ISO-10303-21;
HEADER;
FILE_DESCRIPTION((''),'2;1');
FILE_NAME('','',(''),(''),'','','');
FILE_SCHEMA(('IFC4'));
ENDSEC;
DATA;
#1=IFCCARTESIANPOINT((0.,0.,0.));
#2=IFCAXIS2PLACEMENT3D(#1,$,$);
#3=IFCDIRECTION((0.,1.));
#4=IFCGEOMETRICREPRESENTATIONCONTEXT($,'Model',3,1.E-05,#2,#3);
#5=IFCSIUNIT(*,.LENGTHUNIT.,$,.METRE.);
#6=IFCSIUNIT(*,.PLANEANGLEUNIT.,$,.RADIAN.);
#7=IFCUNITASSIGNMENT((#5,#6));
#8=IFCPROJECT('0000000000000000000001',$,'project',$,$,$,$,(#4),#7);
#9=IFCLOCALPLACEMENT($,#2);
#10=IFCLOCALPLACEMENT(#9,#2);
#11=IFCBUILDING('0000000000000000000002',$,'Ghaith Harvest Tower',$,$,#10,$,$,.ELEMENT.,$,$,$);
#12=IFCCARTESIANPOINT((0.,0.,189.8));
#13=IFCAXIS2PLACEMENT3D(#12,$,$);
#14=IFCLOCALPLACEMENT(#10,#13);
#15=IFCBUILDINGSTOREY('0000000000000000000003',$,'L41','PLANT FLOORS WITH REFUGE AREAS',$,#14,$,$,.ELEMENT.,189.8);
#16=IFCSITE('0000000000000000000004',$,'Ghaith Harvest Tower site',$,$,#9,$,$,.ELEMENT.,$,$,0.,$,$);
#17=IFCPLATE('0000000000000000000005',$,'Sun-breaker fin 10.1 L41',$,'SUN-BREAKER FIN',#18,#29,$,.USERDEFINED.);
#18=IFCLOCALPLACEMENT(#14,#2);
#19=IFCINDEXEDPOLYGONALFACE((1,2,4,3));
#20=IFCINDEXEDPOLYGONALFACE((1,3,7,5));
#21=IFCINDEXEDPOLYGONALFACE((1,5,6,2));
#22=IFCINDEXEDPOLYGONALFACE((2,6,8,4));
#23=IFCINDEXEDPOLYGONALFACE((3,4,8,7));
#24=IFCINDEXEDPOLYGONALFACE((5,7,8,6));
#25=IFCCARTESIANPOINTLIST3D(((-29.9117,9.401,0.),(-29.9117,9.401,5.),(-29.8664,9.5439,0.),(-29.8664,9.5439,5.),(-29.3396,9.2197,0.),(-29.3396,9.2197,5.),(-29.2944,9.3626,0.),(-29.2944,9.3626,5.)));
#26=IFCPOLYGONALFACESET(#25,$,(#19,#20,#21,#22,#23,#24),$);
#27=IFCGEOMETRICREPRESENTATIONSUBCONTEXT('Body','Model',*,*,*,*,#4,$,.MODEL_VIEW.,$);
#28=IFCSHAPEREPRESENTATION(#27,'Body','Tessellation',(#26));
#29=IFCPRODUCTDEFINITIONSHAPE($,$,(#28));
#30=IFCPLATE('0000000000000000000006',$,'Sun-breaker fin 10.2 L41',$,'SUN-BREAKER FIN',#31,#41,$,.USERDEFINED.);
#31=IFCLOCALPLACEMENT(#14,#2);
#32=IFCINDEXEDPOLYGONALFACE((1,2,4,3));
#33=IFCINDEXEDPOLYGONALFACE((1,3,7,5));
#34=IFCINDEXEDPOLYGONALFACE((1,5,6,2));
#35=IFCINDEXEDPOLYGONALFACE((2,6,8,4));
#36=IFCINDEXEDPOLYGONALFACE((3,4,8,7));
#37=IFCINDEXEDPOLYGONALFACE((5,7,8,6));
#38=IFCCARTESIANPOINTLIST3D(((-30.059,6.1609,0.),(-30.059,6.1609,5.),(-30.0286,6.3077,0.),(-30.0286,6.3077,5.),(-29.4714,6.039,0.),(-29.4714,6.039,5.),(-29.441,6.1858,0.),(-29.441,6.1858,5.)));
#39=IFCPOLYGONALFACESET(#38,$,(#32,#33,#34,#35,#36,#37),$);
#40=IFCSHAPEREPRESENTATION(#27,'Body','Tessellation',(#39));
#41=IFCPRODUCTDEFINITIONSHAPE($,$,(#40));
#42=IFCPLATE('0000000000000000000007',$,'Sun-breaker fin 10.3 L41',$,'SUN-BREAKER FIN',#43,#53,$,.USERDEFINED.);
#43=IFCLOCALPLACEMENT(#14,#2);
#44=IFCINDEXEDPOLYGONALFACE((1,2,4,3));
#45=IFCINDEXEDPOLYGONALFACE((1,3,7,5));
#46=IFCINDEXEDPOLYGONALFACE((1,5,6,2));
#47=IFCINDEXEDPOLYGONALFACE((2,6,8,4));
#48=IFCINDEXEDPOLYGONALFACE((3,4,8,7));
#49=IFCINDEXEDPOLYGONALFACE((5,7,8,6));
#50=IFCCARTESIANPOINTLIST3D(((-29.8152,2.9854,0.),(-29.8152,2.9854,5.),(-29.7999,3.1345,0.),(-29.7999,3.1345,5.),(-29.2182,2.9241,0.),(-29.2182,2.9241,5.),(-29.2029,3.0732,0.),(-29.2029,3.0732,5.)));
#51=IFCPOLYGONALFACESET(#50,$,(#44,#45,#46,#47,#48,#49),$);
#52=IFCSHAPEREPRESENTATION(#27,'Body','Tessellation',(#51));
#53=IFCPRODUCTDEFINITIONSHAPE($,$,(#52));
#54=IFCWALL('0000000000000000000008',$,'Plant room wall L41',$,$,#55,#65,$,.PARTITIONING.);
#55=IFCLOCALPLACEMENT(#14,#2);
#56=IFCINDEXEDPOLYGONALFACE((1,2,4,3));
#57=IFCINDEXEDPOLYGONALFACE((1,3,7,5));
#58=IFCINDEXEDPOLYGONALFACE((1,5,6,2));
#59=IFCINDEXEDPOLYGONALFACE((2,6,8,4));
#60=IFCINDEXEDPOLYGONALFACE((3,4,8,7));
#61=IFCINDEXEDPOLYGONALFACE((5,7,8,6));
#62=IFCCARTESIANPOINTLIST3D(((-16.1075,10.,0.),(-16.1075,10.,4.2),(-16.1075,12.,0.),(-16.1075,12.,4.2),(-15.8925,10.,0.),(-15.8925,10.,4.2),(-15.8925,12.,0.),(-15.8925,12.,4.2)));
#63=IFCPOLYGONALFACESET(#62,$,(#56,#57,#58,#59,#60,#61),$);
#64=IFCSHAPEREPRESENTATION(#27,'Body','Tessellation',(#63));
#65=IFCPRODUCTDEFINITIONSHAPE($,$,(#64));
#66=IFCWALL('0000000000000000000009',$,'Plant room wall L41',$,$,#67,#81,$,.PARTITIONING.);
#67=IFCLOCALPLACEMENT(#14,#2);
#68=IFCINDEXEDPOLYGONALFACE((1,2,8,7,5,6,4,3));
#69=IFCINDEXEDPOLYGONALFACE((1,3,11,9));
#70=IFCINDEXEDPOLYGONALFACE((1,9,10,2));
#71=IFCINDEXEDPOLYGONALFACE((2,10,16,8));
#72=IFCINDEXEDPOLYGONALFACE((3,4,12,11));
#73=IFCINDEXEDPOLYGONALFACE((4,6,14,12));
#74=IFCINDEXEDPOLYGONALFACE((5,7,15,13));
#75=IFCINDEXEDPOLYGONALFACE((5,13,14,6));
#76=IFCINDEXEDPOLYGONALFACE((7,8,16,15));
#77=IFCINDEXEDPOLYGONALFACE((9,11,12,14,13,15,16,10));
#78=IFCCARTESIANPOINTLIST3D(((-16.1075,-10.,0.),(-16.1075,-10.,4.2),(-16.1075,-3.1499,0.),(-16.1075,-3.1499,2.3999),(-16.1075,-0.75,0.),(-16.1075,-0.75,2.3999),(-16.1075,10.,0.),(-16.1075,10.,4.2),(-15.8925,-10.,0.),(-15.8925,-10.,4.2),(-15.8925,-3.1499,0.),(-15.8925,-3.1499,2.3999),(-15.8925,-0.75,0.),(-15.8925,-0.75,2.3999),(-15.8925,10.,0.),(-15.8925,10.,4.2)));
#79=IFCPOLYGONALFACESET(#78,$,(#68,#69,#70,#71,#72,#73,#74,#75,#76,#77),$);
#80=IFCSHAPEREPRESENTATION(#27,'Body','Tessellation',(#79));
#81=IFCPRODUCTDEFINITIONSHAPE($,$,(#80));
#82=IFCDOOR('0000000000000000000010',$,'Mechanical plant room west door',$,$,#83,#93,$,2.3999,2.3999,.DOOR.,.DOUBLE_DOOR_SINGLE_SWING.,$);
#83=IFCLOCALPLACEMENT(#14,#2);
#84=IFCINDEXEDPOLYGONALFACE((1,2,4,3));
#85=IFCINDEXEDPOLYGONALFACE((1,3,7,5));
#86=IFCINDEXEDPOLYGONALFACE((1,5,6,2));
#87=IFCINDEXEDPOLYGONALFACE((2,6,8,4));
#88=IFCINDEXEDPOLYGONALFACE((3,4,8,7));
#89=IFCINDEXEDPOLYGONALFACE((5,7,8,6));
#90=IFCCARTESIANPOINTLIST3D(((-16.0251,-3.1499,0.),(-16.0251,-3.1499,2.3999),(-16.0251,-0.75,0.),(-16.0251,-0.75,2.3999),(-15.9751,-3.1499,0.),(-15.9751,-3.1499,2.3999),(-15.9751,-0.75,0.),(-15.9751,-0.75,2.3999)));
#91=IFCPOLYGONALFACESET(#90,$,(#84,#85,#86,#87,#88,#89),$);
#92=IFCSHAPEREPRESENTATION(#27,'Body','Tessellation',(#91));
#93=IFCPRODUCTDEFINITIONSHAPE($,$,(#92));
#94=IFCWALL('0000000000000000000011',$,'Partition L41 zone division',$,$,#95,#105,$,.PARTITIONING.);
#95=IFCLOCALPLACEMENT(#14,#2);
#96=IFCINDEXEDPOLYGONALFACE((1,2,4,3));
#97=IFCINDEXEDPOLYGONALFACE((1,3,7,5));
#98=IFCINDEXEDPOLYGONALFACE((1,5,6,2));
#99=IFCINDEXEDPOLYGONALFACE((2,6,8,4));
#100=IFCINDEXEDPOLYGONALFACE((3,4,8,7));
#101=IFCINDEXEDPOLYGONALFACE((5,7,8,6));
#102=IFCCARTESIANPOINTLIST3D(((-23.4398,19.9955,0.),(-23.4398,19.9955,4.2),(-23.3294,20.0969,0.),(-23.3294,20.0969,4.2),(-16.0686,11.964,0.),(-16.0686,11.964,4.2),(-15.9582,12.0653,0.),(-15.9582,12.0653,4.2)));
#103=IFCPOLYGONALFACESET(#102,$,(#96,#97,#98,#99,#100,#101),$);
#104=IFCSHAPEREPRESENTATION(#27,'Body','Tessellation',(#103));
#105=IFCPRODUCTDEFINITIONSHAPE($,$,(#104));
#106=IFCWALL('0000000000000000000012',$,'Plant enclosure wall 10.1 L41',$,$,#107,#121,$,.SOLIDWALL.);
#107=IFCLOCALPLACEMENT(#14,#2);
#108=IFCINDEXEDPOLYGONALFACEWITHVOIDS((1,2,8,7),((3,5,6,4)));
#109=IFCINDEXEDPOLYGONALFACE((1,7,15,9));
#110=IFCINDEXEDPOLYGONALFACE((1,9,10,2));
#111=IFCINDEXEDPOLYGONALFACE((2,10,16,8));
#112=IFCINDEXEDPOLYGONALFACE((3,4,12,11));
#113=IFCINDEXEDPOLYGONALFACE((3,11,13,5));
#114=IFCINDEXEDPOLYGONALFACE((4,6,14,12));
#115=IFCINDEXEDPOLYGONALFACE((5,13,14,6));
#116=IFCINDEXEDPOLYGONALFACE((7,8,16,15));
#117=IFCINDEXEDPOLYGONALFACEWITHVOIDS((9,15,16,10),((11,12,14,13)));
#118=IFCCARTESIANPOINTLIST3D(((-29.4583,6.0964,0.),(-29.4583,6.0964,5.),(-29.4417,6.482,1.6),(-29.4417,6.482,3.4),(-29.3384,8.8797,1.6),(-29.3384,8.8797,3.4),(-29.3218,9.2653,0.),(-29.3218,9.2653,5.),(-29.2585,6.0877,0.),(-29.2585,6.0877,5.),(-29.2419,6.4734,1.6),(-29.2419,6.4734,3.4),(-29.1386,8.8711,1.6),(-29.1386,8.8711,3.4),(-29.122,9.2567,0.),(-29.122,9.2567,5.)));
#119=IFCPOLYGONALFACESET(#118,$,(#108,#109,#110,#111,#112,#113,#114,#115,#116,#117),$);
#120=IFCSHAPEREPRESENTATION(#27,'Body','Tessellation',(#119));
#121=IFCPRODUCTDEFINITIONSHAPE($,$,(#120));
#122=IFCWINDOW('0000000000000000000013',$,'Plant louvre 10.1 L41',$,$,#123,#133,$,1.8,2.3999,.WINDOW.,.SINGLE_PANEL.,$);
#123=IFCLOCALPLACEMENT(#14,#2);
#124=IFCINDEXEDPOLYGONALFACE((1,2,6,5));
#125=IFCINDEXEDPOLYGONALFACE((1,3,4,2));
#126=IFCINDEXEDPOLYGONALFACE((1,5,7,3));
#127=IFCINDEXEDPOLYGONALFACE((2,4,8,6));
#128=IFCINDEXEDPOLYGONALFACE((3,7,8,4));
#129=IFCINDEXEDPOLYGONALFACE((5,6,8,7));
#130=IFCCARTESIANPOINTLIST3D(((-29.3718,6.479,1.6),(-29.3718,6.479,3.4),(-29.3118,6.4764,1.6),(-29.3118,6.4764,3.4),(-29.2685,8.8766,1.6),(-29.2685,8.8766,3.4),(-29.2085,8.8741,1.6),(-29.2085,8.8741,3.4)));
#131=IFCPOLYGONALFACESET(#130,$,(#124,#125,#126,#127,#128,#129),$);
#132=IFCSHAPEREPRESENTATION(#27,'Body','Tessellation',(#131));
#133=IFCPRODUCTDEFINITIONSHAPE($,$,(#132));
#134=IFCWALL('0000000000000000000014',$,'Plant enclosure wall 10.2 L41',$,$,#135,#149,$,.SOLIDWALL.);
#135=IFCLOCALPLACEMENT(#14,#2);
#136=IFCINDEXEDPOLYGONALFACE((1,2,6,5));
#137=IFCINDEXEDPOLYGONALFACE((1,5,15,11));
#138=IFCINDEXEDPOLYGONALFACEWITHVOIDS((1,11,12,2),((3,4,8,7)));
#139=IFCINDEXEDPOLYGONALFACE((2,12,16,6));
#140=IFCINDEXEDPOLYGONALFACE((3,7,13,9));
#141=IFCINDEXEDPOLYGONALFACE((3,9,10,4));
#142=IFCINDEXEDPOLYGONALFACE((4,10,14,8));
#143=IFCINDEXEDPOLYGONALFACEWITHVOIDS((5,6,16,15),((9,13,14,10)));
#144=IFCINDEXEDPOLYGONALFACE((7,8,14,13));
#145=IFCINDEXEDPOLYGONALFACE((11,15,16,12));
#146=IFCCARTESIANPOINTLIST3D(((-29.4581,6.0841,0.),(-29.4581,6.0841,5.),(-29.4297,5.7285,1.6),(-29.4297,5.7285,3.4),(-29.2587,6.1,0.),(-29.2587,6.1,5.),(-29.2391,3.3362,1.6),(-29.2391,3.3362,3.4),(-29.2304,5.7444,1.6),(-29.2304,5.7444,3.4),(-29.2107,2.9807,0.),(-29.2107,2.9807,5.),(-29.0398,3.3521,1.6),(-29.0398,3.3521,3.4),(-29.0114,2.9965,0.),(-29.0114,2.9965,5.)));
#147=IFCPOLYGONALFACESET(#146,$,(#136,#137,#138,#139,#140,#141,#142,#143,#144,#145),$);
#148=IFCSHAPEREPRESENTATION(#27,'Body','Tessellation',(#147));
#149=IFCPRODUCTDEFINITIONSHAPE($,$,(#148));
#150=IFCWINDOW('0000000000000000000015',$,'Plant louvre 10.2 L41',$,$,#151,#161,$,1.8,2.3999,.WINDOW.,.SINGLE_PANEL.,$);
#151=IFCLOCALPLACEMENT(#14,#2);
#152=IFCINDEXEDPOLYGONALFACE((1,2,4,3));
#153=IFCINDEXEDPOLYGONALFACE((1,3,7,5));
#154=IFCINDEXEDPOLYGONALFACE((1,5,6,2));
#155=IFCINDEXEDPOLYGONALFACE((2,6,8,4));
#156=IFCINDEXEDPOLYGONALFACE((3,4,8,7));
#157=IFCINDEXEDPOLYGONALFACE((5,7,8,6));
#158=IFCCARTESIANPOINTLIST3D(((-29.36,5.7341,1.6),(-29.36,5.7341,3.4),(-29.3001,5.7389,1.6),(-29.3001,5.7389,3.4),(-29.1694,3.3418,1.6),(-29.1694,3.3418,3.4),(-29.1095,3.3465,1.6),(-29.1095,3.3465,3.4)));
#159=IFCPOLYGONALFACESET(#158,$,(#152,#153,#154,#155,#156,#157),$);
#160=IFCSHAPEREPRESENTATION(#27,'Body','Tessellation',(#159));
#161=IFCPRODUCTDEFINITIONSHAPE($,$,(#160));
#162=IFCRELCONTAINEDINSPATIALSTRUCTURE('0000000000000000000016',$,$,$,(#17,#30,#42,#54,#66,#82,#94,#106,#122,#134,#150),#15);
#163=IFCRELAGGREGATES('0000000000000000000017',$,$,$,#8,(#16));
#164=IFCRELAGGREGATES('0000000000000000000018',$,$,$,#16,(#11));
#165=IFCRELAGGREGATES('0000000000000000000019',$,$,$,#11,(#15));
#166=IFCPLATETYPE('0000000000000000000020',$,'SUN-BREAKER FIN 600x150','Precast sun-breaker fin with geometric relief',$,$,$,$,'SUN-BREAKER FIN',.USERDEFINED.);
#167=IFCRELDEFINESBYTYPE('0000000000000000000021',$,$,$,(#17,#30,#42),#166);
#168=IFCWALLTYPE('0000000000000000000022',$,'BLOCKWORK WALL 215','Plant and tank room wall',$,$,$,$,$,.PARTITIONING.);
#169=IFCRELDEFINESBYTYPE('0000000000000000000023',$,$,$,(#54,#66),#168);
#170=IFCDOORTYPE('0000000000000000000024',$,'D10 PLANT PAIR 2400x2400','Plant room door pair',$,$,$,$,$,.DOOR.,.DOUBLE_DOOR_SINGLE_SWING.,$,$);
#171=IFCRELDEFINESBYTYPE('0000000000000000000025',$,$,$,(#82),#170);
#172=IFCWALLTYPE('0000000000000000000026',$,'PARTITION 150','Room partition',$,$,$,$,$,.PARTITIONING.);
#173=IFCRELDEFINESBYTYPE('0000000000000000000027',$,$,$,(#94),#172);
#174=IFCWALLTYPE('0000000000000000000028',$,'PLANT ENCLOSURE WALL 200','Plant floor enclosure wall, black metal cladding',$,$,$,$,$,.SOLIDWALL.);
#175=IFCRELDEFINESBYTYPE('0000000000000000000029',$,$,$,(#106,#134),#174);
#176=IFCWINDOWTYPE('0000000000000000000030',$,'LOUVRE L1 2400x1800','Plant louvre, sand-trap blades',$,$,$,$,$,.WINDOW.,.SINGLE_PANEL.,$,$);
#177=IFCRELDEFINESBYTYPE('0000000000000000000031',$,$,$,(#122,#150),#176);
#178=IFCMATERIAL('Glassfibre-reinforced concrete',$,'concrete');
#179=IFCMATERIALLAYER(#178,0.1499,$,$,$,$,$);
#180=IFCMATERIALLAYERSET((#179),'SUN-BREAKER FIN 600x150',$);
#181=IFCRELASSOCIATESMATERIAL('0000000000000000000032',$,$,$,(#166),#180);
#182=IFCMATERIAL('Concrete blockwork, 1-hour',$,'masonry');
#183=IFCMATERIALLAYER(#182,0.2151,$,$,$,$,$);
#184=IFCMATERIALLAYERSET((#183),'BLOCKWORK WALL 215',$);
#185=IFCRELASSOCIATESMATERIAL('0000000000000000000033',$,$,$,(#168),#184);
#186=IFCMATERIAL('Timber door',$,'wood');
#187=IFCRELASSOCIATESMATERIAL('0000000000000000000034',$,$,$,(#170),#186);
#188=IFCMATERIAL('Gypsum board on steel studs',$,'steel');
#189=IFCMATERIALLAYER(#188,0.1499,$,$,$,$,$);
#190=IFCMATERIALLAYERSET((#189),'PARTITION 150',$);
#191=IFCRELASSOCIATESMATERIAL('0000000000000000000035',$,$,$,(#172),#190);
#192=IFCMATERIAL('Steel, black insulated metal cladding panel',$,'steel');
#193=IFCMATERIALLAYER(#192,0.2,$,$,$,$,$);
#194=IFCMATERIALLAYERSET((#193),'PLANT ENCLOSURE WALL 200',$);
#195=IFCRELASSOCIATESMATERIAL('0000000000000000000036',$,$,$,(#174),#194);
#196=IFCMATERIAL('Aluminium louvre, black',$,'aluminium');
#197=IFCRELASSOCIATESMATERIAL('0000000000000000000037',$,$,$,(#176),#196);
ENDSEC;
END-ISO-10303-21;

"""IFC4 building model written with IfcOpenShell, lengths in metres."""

from ifc_helpers import new_model, si_unit, direction, frame, frame_2d, origin, origin_2d, place, context, subcontext, project, spatial, rectangle, extrude, material, layer, layer_set, type_object, element, fill, save


model = new_model("IFC4")

# Units and contexts
model_context = context("Model", 3, precision=1e-05, world=origin(), true_north=direction((0.0, 1.0)))
body_context = subcontext(model_context, "Body", "Model", "MODEL_VIEW")
ifc_project = project(units=[si_unit("LENGTHUNIT", "METRE"), si_unit("PLANEANGLEUNIT", "RADIAN")], contexts=[model_context])

# Site, building, storey
site_placement = place(None, origin())
site = spatial("IfcSite", under=ifc_project, at=site_placement, Name="Ghaith Harvest Tower site", CompositionType="ELEMENT", RefElevation=0.0)
building_placement = place(site_placement, origin())
building = spatial("IfcBuilding", under=site, at=building_placement, Name="Ghaith Harvest Tower", CompositionType="ELEMENT")
storey_placement = place(building_placement, frame((0.0, 0.0, 189.8)))
storey = spatial("IfcBuildingStorey", under=building, at=storey_placement, Name="L41", Description="PLANT FLOORS WITH REFUGE AREAS", CompositionType="ELEMENT", Elevation=189.8)

# Plates
ifc_material_1 = material(Name="Glassfibre-reinforced concrete", Category="concrete")
ifc_layer_1 = layer(ifc_material_1, 0.1499)
ifc_layer_set_1 = layer_set([ifc_layer_1], Name="SUN-BREAKER FIN 600x150")
plate_type = type_object("IfcPlateType", Name="SUN-BREAKER FIN 600x150", Description="Precast sun-breaker fin with geometric relief", ElementType="SUN-BREAKER FIN", PredefinedType="USERDEFINED", material=ifc_layer_set_1)
for number, where, z_axis, x_axis, name in (
    (1, (-29.603, 9.3818, 0.0), (0.0, 0.0, 1.0), (-0.953273, 0.30211, 0.0), "Sun-breaker fin 10.1 L41"),
    (2, (-29.75, 6.1733, 0.0), (0.0, 0.0, 1.0), (-0.979142, 0.203179, 0.0), "Sun-breaker fin 10.2 L41"),
    (3, (-29.509, 3.0293, 0.0), (0.0, 0.0, 1.0), (-0.994772, 0.102123, 0.0), "Sun-breaker fin 10.3 L41"),
):
    element("IfcPlate", number, at=place(storey_placement, frame(where, z_axis=z_axis, x_axis=x_axis)), inside=storey, type_object=plate_type, Name=name, ObjectType="SUN-BREAKER FIN", PredefinedType="USERDEFINED", context=body_context, shape_type="SweptSolid", body=[
        extrude(rectangle(XDim=0.6001, YDim=0.1499, at=origin_2d()), origin(), (0.0, 0.0, 1.0), 5.0),
    ])

# Wall
ifc_material_2 = material(Name="Concrete blockwork, 1-hour", Category="masonry")
ifc_layer_2 = layer(ifc_material_2, 0.2151)
ifc_layer_set_2 = layer_set([ifc_layer_2], Name="BLOCKWORK WALL 215")
wall_type_1 = type_object("IfcWallType", Name="BLOCKWORK WALL 215", Description="Plant and tank room wall", PredefinedType="PARTITIONING", material=ifc_layer_set_2)
wall_1_placement = place(storey_placement, frame((-16.0, 12.0, 0.0), z_axis=(0.0, 0.0, 1.0), x_axis=(0.0, -1.0, 0.0)))
element("IfcWall", 4, at=wall_1_placement, inside=storey, type_object=wall_type_1, Name="Plant room wall L41", PredefinedType="PARTITIONING", context=body_context, shape_type="SweptSolid", body=[
    extrude(rectangle(XDim=2.0, YDim=0.2151, at=frame_2d((1.0, 0.0))), origin(), (0.0, 0.0, 1.0), 4.2),
])

# Wall, opening, door
wall_2_placement = place(storey_placement, frame((-16.0, 10.0, 0.0), z_axis=(0.0, 0.0, 1.0), x_axis=(0.0, -1.0, 0.0)))
wall_2 = element("IfcWall", 5, at=wall_2_placement, inside=storey, type_object=wall_type_1, Name="Plant room wall L41", PredefinedType="PARTITIONING", context=body_context, shape_type="SweptSolid", body=[
    extrude(rectangle(XDim=20.0, YDim=0.2151, at=frame_2d((10.0, 0.0))), origin(), (0.0, 0.0, 1.0), 4.2),
])
opening_1_placement = place(wall_2_placement, frame((10.75, 0.0, 0.0)))
opening_1 = element("IfcOpeningElement", 6, at=opening_1_placement, cuts=wall_2, PredefinedType="OPENING", context=body_context, shape_type="SweptSolid", body=[
    extrude(rectangle(XDim=2.3999, YDim=2.3999, at=frame_2d((1.2, 1.2))), frame((0.0, 0.1177, 0.0), z_axis=(0.0, -1.0, 0.0), x_axis=(1.0, 0.0, 0.0)), (0.0, 0.0, 1.0), 0.2351),
])
ifc_material_3 = material(Name="Timber door", Category="wood")
door_type = type_object("IfcDoorType", Name="D10 PLANT PAIR 2400x2400", Description="Plant room door pair", OperationType="DOUBLE_DOOR_SINGLE_SWING", PredefinedType="DOOR", material=ifc_material_3)
door_placement = place(opening_1_placement, origin())
door = element("IfcDoor", 7, at=door_placement, inside=storey, type_object=door_type, Name="Mechanical plant room west door", OperationType="DOUBLE_DOOR_SINGLE_SWING", OverallHeight=2.3999, OverallWidth=2.3999, PredefinedType="DOOR", context=body_context, shape_type="SweptSolid", body=[
    extrude(rectangle(XDim=2.3999, YDim=2.3999, at=frame_2d((1.2, 1.2))), frame((0.0, 0.0249, 0.0), z_axis=(0.0, -1.0, 0.0), x_axis=(1.0, 0.0, 0.0)), (0.0, 0.0, 1.0), 0.05),
])
fill(opening_1, door)

# Wall
ifc_material_4 = material(Name="Gypsum board on steel studs", Category="steel")
ifc_layer_3 = layer(ifc_material_4, 0.1499)
ifc_layer_set_3 = layer_set([ifc_layer_3], Name="PARTITION 150")
wall_type_2 = type_object("IfcWallType", Name="PARTITION 150", Description="Room partition", PredefinedType="PARTITIONING", material=ifc_layer_set_3)
wall_3_placement = place(storey_placement, frame((-16.0134, 12.0146, 0.0), z_axis=(0.0, 0.0, 1.0), x_axis=(-0.676168, 0.736748, 0.0)))
element("IfcWall", 8, at=wall_3_placement, inside=storey, type_object=wall_type_2, Name="Partition L41 zone division", PredefinedType="PARTITIONING", context=body_context, shape_type="SweptSolid", body=[
    extrude(rectangle(XDim=10.9014, YDim=0.1499, at=frame_2d((5.4507, 0.0))), origin(), (0.0, 0.0, 1.0), 4.2),
])

# Walls, openings, windows
ifc_material_5 = material(Name="Steel, black insulated metal cladding panel", Category="steel")
ifc_layer_4 = layer(ifc_material_5, 0.2)
ifc_layer_set_4 = layer_set([ifc_layer_4], Name="PLANT ENCLOSURE WALL 200")
wall_type_3 = type_object("IfcWallType", Name="PLANT ENCLOSURE WALL 200", Description="Plant floor enclosure wall, black metal cladding", PredefinedType="SOLIDWALL", material=ifc_layer_set_4)
wall_4_placement = place(storey_placement, frame((-29.2219, 9.261, 0.0), z_axis=(0.0, 0.0, 1.0), x_axis=(-0.043026, -0.999074, 0.0)))
wall_4 = element("IfcWall", 9, at=wall_4_placement, inside=storey, type_object=wall_type_3, Name="Plant enclosure wall 10.1 L41", PredefinedType="SOLIDWALL", context=body_context, shape_type="SweptSolid", body=[
    extrude(rectangle(XDim=3.1719, YDim=0.2, at=frame_2d((1.5859, 0.0))), origin(), (0.0, 0.0, 1.0), 5.0),
])
opening_2_placement = place(wall_4_placement, frame((0.386, 0.0, 1.6001)))
opening_2 = element("IfcOpeningElement", 10, at=opening_2_placement, cuts=wall_4, PredefinedType="OPENING", context=body_context, shape_type="SweptSolid", body=[
    extrude(rectangle(XDim=2.3999, YDim=1.8, at=frame_2d((1.2, 0.8999))), frame((0.0, 0.1099, 0.0), z_axis=(0.0, -1.0, 0.0), x_axis=(1.0, 0.0, 0.0)), (0.0, 0.0, 1.0), 0.22),
])
ifc_material_6 = material(Name="Aluminium louvre, black", Category="aluminium")
window_type = type_object("IfcWindowType", Name="LOUVRE L1 2400x1800", Description="Plant louvre, sand-trap blades", PartitioningType="SINGLE_PANEL", PredefinedType="WINDOW", material=ifc_material_6)
window_1_placement = place(opening_2_placement, origin())
window_1 = element("IfcWindow", 11, at=window_1_placement, inside=storey, type_object=window_type, Name="Plant louvre 10.1 L41", OverallHeight=1.8, OverallWidth=2.3999, PartitioningType="SINGLE_PANEL", PredefinedType="WINDOW", context=body_context, shape_type="SweptSolid", body=[
    extrude(rectangle(XDim=2.3999, YDim=1.8, at=frame_2d((1.2, 0.8999))), frame((0.0, 0.03, 0.0), z_axis=(0.0, -1.0, 0.0), x_axis=(1.0, 0.0, 0.0)), (0.0, 0.0, 1.0), 0.0601),
])
fill(opening_2, window_1)
wall_5_placement = place(storey_placement, frame((-29.3584, 6.092, 0.0), z_axis=(0.0, 0.0, 1.0), x_axis=(0.079437, -0.99684, 0.0)))
wall_5 = element("IfcWall", 12, at=wall_5_placement, inside=storey, type_object=wall_type_3, Name="Plant enclosure wall 10.2 L41", PredefinedType="SOLIDWALL", context=body_context, shape_type="SweptSolid", body=[
    extrude(rectangle(XDim=3.1133, YDim=0.2, at=frame_2d((1.5566, 0.0))), origin(), (0.0, 0.0, 1.0), 5.0),
])
opening_3_placement = place(wall_5_placement, frame((0.3567, 0.0, 1.6001)))
opening_3 = element("IfcOpeningElement", 13, at=opening_3_placement, cuts=wall_5, PredefinedType="OPENING", context=body_context, shape_type="SweptSolid", body=[
    extrude(rectangle(XDim=2.3999, YDim=1.8, at=frame_2d((1.2, 0.8999))), frame((0.0, 0.1099, 0.0), z_axis=(0.0, -1.0, 0.0), x_axis=(1.0, 0.0, 0.0)), (0.0, 0.0, 1.0), 0.22),
])
window_2_placement = place(opening_3_placement, origin())
window_2 = element("IfcWindow", 14, at=window_2_placement, inside=storey, type_object=window_type, Name="Plant louvre 10.2 L41", OverallHeight=1.8, OverallWidth=2.3999, PartitioningType="SINGLE_PANEL", PredefinedType="WINDOW", context=body_context, shape_type="SweptSolid", body=[
    extrude(rectangle(XDim=2.3999, YDim=1.8, at=frame_2d((1.2, 0.8999))), frame((0.0, 0.03, 0.0), z_axis=(0.0, -1.0, 0.0), x_axis=(1.0, 0.0, 0.0)), (0.0, 0.0, 1.0), 0.0601),
])
fill(opening_3, window_2)

save(model, "model.ifc")
